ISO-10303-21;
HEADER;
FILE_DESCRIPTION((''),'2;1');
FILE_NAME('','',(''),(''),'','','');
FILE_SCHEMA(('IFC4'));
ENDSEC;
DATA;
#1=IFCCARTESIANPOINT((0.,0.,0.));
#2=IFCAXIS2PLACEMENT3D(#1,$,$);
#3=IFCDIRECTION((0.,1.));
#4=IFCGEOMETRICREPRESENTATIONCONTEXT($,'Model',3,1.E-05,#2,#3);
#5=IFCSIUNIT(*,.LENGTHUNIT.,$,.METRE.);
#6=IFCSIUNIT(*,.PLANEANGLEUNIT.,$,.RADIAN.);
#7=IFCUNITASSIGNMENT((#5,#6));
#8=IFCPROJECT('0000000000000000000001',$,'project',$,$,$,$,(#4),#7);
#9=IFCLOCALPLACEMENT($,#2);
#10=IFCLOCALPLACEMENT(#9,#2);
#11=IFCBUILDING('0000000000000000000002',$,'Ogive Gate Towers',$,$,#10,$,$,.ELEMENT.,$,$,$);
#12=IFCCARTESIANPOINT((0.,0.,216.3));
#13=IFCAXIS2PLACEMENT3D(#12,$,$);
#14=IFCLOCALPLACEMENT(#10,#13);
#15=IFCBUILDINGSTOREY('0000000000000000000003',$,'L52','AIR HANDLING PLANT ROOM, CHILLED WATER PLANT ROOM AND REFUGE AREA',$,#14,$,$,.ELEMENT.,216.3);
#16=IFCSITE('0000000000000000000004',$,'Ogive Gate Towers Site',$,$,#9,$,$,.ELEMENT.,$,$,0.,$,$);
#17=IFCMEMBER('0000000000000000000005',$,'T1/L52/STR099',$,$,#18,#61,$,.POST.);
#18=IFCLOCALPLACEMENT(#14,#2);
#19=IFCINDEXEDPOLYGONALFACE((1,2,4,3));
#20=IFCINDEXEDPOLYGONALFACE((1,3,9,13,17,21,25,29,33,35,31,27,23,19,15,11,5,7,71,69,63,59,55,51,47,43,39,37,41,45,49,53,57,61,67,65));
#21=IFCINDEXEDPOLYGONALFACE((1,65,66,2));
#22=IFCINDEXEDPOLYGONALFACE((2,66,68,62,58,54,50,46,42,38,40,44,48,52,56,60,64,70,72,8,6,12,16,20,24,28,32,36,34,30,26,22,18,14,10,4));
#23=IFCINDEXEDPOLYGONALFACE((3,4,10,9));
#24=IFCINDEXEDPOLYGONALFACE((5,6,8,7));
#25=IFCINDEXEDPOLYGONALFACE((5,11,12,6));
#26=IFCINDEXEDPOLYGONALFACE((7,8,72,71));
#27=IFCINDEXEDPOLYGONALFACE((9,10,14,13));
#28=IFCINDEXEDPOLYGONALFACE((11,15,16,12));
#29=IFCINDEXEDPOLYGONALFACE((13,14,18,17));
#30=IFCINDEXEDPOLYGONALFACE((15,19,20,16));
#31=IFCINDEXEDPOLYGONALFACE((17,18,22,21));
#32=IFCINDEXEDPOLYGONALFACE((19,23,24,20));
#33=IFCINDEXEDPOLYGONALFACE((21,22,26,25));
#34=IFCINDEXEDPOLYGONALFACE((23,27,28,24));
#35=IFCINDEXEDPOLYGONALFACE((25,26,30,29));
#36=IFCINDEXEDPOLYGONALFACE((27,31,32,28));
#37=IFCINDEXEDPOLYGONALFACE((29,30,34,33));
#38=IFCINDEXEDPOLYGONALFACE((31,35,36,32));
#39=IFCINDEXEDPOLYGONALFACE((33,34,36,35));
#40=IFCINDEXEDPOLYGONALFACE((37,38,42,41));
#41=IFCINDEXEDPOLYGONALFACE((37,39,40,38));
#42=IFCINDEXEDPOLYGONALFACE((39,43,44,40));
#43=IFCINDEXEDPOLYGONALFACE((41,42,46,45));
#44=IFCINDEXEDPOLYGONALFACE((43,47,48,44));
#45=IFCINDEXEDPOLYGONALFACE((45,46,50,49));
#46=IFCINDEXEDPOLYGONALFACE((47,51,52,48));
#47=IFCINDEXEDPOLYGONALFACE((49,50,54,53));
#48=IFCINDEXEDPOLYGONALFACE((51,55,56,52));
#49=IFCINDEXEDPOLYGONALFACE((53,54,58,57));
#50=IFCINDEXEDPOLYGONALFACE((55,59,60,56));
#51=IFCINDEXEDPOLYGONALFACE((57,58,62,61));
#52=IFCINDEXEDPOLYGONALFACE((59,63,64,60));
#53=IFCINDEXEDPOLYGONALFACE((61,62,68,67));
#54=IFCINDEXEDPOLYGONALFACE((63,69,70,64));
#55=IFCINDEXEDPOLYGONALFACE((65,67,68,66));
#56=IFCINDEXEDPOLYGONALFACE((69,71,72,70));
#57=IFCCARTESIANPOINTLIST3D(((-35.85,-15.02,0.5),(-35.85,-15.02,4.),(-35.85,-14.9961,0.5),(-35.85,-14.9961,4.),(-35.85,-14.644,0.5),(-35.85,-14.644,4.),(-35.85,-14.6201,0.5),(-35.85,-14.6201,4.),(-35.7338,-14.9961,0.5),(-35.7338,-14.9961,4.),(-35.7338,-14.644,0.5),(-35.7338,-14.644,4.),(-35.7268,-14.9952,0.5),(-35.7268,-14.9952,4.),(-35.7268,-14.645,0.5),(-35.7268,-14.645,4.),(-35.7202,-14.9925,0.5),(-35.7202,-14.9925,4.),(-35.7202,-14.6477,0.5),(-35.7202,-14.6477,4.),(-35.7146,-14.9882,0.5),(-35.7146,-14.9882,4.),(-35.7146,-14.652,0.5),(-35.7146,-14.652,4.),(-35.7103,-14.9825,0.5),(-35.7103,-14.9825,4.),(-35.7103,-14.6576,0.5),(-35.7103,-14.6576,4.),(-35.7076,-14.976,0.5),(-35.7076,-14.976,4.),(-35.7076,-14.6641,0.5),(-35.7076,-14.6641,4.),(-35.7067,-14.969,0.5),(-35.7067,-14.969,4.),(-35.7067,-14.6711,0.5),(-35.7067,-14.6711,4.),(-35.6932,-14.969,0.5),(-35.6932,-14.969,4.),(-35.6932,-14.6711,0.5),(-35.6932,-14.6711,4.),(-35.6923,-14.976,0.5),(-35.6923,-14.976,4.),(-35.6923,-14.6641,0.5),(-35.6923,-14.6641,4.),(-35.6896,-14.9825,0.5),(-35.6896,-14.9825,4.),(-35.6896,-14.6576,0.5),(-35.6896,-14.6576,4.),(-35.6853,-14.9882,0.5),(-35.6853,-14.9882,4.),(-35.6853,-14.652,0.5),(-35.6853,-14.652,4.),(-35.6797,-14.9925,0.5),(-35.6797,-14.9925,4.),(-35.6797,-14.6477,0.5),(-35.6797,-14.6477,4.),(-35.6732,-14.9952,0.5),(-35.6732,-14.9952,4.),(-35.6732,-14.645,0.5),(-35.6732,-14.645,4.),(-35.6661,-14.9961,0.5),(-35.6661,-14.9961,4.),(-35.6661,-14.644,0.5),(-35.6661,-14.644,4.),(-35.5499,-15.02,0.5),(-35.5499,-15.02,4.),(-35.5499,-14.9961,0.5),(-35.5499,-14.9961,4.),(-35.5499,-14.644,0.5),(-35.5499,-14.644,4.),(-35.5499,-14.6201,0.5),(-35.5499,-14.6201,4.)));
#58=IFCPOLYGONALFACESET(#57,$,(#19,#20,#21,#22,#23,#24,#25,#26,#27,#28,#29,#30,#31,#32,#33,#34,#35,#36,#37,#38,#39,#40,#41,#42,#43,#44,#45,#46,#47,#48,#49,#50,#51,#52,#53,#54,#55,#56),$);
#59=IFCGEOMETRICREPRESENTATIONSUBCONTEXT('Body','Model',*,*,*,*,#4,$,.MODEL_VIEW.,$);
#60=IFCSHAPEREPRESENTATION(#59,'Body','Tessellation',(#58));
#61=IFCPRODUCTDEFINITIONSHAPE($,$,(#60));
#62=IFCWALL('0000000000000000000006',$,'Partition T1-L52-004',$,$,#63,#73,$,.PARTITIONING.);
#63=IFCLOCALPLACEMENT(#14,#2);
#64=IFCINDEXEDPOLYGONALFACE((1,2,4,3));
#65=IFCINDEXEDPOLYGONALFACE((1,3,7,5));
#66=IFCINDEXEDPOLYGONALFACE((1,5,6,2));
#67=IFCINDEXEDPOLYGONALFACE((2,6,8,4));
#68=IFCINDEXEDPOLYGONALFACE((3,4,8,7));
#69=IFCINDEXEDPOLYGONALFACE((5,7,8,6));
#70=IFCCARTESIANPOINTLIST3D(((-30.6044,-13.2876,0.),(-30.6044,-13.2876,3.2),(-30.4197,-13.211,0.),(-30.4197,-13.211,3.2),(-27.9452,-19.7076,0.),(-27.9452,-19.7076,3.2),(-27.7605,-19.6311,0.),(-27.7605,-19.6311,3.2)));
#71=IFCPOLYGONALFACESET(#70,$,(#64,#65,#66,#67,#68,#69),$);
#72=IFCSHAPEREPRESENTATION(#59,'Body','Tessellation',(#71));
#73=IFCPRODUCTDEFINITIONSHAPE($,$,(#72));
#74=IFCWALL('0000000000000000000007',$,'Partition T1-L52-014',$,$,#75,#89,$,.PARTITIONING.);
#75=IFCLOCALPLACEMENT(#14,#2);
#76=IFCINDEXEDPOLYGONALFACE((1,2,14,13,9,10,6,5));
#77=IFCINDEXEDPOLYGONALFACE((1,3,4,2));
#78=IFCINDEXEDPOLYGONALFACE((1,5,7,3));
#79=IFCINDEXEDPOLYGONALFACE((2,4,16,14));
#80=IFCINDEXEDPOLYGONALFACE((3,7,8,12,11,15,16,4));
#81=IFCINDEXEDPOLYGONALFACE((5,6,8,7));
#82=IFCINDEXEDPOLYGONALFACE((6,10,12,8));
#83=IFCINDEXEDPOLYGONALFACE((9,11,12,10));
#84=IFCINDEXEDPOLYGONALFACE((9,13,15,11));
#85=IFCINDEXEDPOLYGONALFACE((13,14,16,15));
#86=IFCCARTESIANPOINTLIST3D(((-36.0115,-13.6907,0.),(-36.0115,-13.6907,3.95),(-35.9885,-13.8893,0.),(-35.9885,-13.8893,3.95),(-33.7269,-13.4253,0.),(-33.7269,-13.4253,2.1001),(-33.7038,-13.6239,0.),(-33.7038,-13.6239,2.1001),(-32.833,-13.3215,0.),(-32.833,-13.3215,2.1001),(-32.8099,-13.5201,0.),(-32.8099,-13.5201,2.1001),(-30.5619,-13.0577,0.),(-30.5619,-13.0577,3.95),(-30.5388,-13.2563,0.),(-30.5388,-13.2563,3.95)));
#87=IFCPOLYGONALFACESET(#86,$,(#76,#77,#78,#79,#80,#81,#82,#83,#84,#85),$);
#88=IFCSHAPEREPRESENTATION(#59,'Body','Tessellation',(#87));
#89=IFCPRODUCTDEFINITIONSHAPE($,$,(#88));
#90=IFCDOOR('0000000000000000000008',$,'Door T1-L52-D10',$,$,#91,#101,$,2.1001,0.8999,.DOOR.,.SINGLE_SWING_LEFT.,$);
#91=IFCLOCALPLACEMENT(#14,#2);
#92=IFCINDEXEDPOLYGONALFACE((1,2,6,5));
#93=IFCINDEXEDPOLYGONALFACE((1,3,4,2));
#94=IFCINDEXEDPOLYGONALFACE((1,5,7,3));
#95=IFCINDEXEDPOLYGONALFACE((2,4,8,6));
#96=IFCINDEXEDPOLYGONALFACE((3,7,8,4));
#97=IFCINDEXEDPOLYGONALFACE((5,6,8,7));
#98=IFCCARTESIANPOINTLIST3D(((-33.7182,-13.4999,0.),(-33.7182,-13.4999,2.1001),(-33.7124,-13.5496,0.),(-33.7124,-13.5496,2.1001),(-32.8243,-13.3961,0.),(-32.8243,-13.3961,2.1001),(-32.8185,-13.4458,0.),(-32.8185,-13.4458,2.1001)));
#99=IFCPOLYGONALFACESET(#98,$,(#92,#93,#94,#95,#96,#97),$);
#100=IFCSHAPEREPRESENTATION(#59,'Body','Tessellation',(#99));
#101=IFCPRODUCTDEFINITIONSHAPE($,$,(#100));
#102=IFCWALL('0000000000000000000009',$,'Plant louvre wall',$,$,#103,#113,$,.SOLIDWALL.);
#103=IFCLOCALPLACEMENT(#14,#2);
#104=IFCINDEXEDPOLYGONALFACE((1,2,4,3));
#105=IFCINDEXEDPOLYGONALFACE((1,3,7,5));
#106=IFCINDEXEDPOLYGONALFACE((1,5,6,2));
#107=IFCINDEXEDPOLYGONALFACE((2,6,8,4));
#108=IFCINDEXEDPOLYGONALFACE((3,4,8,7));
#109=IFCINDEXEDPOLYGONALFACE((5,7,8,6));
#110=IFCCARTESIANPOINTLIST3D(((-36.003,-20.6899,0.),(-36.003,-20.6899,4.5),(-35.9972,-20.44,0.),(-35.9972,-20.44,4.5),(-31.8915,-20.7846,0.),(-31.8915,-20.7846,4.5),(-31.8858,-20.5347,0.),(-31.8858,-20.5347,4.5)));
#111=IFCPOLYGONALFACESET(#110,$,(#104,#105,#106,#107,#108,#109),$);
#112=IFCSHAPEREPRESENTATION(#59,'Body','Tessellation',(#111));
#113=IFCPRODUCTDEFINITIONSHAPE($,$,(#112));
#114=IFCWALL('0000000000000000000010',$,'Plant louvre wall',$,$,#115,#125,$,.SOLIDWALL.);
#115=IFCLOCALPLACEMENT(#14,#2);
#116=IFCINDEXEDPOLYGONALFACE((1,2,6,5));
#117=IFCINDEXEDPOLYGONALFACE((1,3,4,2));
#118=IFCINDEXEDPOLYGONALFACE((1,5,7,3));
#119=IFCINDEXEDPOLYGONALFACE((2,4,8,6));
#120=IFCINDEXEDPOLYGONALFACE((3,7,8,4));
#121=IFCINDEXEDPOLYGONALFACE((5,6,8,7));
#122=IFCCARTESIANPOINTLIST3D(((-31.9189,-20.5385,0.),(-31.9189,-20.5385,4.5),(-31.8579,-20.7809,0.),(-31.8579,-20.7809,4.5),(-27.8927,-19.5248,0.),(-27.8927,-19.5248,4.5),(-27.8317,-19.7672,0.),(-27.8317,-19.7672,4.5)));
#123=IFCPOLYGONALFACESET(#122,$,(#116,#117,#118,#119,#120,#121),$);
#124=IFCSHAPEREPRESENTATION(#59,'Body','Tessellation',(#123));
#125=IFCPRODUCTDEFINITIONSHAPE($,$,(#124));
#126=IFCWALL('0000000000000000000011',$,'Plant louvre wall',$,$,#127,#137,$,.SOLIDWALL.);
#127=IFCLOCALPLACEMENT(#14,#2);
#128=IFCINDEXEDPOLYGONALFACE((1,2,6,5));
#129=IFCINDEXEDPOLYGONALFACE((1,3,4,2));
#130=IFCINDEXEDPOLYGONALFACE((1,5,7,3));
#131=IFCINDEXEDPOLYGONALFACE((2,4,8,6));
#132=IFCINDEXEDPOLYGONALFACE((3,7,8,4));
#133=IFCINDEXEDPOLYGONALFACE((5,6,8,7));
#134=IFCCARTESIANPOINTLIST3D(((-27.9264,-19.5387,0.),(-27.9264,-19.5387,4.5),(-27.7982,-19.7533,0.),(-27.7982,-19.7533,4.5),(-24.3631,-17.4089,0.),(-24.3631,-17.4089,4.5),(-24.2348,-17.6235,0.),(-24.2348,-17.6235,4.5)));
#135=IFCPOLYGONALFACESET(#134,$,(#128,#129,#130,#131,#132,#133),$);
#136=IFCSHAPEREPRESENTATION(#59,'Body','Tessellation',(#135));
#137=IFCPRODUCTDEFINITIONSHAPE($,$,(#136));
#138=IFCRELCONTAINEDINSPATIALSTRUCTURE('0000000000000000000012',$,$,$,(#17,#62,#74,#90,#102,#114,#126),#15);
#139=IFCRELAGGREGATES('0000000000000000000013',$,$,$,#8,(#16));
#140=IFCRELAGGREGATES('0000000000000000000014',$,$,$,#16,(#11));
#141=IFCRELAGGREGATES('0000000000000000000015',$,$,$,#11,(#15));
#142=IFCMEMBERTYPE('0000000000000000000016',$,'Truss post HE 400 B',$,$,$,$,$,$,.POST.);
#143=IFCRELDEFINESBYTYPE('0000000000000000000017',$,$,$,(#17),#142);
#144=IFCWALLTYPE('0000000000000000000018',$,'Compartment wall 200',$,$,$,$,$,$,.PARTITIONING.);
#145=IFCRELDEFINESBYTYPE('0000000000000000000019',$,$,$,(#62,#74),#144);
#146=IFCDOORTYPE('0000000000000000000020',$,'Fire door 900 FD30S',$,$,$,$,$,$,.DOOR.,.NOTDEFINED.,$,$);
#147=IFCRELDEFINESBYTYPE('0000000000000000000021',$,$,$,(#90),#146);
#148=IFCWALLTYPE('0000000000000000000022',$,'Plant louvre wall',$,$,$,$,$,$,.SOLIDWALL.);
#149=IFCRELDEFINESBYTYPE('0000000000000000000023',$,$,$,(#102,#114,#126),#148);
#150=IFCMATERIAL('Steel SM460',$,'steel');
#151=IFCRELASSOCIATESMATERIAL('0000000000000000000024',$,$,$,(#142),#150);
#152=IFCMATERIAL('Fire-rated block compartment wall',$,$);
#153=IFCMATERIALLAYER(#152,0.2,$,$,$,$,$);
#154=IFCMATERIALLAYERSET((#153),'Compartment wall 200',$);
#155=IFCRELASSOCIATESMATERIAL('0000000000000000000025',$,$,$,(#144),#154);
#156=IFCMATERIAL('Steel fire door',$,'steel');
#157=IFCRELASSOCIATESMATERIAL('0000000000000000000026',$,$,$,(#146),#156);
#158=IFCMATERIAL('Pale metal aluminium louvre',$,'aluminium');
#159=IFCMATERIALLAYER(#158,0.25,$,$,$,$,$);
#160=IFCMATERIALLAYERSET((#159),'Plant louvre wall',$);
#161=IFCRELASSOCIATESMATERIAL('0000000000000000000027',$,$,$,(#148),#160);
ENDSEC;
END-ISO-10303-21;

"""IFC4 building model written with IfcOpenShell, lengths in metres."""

from ifc_helpers import new_model, si_unit, direction, frame, frame_2d, origin, origin_2d, place, context, subcontext, project, spatial, rectangle, i_section, extrude, material, layer, layer_set, material_profile, profile_set, type_object, element, fill, save


model = new_model("IFC4")

# Units and contexts
model_context = context("Model", 3, precision=1e-05, world=origin(), true_north=direction((0.0, 1.0)))
body_context = subcontext(model_context, "Body", "Model", "MODEL_VIEW")
ifc_project = project(units=[si_unit("LENGTHUNIT", "METRE"), si_unit("PLANEANGLEUNIT", "RADIAN")], contexts=[model_context])

# Site, building, storey
site_placement = place(None, origin())
site = spatial("IfcSite", under=ifc_project, at=site_placement, Name="Ogive Gate Towers Site", CompositionType="ELEMENT", RefElevation=0.0)
building_placement = place(site_placement, origin())
building = spatial("IfcBuilding", under=site, at=building_placement, Name="Ogive Gate Towers", CompositionType="ELEMENT")
storey_placement = place(building_placement, frame((0.0, 0.0, 216.3)))
storey = spatial("IfcBuildingStorey", under=building, at=storey_placement, Name="L52", Description="AIR HANDLING PLANT ROOM, CHILLED WATER PLANT ROOM AND REFUGE AREA", CompositionType="ELEMENT", Elevation=216.3)

# Shared definitions
ifc_material_1 = material(Name="Steel SM460", Category="steel")

# Member
ifc_material_profile_1 = material_profile(ifc_material_1, i_section(OverallWidth=0.3, OverallDepth=0.3999, WebThickness=0.0134, FlangeThickness=0.0239, FilletRadius=0.0271, at=origin_2d()), Name="HE 400 B")
ifc_profile_set_1 = profile_set([ifc_material_profile_1], Name="Steel SM460")
member_type_1 = type_object("IfcMemberType", Name="Truss post HE 400 B", PredefinedType="POST", material=ifc_profile_set_1)
member_1_placement = place(storey_placement, frame((-35.7, -14.8201, 0.5), z_axis=(0.0, 0.0, 1.0), x_axis=(1.0, 0.0, 0.0)))
element("IfcMember", 1, at=member_1_placement, inside=storey, type_object=member_type_1, Name="T1/L52/STR099", PredefinedType="POST", context=body_context, shape_type="SweptSolid", body=[
    extrude(i_section(OverallWidth=0.3, OverallDepth=0.3999, WebThickness=0.0134, FlangeThickness=0.0239, FilletRadius=0.0271, at=origin_2d()), origin(), (0.0, 0.0, 1.0), 3.5),
])

# Wall
ifc_material_2 = material(Name="Fire-rated block compartment wall")
ifc_layer_1 = layer(ifc_material_2, 0.2)
ifc_layer_set_1 = layer_set([ifc_layer_1], Name="Compartment wall 200")
wall_type_1 = type_object("IfcWallType", Name="Compartment wall 200", PredefinedType="PARTITIONING", material=ifc_layer_set_1)
wall_1_placement = place(storey_placement, frame((-27.8528, -19.6694, 0.0), z_axis=(0.0, 0.0, 1.0), x_axis=(-0.382679, 0.923882, 0.0)))
element("IfcWall", 2, at=wall_1_placement, inside=storey, type_object=wall_type_1, Name="Partition T1-L52-004", PredefinedType="PARTITIONING", context=body_context, shape_type="SweptSolid", body=[
    extrude(rectangle(XDim=6.949, YDim=0.2, at=frame_2d((3.4746, 0.0))), origin(), (0.0, 0.0, 1.0), 3.2),
])

# Wall, opening, door
wall_2_placement = place(storey_placement, frame((-36.0, -13.79, 0.0), z_axis=(0.0, 0.0, 1.0), x_axis=(0.993321, 0.115388, 0.0)))
wall_2 = element("IfcWall", 3, at=wall_2_placement, inside=storey, type_object=wall_type_1, Name="Partition T1-L52-014", PredefinedType="PARTITIONING", context=body_context, shape_type="SweptSolid", body=[
    extrude(rectangle(XDim=5.4863, YDim=0.2, at=frame_2d((2.7432, 0.0))), origin(), (0.0, 0.0, 1.0), 3.95),
])
opening_placement = place(wall_2_placement, frame((2.3, 0.0, 0.0)))
opening = element("IfcOpeningElement", 4, at=opening_placement, cuts=wall_2, PredefinedType="OPENING", context=body_context, shape_type="SweptSolid", body=[
    extrude(rectangle(XDim=0.8999, YDim=2.1001, at=frame_2d((0.45, 1.05))), frame((0.0, 0.1099, 0.0), z_axis=(0.0, -1.0, 0.0), x_axis=(1.0, 0.0, 0.0)), (0.0, 0.0, 1.0), 0.22),
])
ifc_material_3 = material(Name="Steel fire door", Category="steel")
door_type = type_object("IfcDoorType", Name="Fire door 900 FD30S", OperationType="NOTDEFINED", PredefinedType="DOOR", material=ifc_material_3)
door_placement = place(opening_placement, origin())
door = element("IfcDoor", 5, at=door_placement, inside=storey, type_object=door_type, Name="Door T1-L52-D10", OperationType="SINGLE_SWING_LEFT", OverallHeight=2.1001, OverallWidth=0.8999, PredefinedType="DOOR", context=body_context, shape_type="SweptSolid", body=[
    extrude(rectangle(XDim=0.8999, YDim=2.1001, at=frame_2d((0.45, 1.05))), frame((0.0, 0.0249, 0.0), z_axis=(0.0, -1.0, 0.0), x_axis=(1.0, 0.0, 0.0)), (0.0, 0.0, 1.0), 0.05),
])
fill(opening, door)

# Walls
ifc_material_4 = material(Name="Pale metal aluminium louvre", Category="aluminium")
ifc_layer_2 = layer(ifc_material_4, 0.25)
ifc_layer_set_2 = layer_set([ifc_layer_2], Name="Plant louvre wall")
wall_type_2 = type_object("IfcWallType", Name="Plant louvre wall", PredefinedType="SOLIDWALL", material=ifc_layer_set_2)
wall_3_placement = place(storey_placement, frame((-36.0, -20.5649, 0.0), z_axis=(0.0, 0.0, 1.0), x_axis=(0.999735, -0.023033, 0.0)))
element("IfcWall", 6, at=wall_3_placement, inside=storey, type_object=wall_type_2, Name="Plant louvre wall", PredefinedType="SOLIDWALL", context=body_context, shape_type="SweptSolid", body=[
    extrude(rectangle(XDim=4.1125, YDim=0.25, at=frame_2d((2.0562, 0.0))), origin(), (0.0, 0.0, 1.0), 4.5),
])
wall_4_placement = place(storey_placement, frame((-31.8884, -20.6597, 0.0), z_axis=(0.0, 0.0, 1.0), x_axis=(0.969736, 0.244154, 0.0)))
element("IfcWall", 7, at=wall_4_placement, inside=storey, type_object=wall_type_2, Name="Plant louvre wall", PredefinedType="SOLIDWALL", context=body_context, shape_type="SweptSolid", body=[
    extrude(rectangle(XDim=4.1519, YDim=0.25, at=frame_2d((2.0759, 0.0))), origin(), (0.0, 0.0, 1.0), 4.5),
])
wall_5_placement = place(storey_placement, frame((-27.8623, -19.646, 0.0), z_axis=(0.0, 0.0, 1.0), x_axis=(0.858363, 0.513042, 0.0)))
element("IfcWall", 8, at=wall_5_placement, inside=storey, type_object=wall_type_2, Name="Plant louvre wall", PredefinedType="SOLIDWALL", context=body_context, shape_type="SweptSolid", body=[
    extrude(rectangle(XDim=4.1514, YDim=0.25, at=frame_2d((2.0757, 0.0))), origin(), (0.0, 0.0, 1.0), 4.5),
])

save(model, "model.ifc")
